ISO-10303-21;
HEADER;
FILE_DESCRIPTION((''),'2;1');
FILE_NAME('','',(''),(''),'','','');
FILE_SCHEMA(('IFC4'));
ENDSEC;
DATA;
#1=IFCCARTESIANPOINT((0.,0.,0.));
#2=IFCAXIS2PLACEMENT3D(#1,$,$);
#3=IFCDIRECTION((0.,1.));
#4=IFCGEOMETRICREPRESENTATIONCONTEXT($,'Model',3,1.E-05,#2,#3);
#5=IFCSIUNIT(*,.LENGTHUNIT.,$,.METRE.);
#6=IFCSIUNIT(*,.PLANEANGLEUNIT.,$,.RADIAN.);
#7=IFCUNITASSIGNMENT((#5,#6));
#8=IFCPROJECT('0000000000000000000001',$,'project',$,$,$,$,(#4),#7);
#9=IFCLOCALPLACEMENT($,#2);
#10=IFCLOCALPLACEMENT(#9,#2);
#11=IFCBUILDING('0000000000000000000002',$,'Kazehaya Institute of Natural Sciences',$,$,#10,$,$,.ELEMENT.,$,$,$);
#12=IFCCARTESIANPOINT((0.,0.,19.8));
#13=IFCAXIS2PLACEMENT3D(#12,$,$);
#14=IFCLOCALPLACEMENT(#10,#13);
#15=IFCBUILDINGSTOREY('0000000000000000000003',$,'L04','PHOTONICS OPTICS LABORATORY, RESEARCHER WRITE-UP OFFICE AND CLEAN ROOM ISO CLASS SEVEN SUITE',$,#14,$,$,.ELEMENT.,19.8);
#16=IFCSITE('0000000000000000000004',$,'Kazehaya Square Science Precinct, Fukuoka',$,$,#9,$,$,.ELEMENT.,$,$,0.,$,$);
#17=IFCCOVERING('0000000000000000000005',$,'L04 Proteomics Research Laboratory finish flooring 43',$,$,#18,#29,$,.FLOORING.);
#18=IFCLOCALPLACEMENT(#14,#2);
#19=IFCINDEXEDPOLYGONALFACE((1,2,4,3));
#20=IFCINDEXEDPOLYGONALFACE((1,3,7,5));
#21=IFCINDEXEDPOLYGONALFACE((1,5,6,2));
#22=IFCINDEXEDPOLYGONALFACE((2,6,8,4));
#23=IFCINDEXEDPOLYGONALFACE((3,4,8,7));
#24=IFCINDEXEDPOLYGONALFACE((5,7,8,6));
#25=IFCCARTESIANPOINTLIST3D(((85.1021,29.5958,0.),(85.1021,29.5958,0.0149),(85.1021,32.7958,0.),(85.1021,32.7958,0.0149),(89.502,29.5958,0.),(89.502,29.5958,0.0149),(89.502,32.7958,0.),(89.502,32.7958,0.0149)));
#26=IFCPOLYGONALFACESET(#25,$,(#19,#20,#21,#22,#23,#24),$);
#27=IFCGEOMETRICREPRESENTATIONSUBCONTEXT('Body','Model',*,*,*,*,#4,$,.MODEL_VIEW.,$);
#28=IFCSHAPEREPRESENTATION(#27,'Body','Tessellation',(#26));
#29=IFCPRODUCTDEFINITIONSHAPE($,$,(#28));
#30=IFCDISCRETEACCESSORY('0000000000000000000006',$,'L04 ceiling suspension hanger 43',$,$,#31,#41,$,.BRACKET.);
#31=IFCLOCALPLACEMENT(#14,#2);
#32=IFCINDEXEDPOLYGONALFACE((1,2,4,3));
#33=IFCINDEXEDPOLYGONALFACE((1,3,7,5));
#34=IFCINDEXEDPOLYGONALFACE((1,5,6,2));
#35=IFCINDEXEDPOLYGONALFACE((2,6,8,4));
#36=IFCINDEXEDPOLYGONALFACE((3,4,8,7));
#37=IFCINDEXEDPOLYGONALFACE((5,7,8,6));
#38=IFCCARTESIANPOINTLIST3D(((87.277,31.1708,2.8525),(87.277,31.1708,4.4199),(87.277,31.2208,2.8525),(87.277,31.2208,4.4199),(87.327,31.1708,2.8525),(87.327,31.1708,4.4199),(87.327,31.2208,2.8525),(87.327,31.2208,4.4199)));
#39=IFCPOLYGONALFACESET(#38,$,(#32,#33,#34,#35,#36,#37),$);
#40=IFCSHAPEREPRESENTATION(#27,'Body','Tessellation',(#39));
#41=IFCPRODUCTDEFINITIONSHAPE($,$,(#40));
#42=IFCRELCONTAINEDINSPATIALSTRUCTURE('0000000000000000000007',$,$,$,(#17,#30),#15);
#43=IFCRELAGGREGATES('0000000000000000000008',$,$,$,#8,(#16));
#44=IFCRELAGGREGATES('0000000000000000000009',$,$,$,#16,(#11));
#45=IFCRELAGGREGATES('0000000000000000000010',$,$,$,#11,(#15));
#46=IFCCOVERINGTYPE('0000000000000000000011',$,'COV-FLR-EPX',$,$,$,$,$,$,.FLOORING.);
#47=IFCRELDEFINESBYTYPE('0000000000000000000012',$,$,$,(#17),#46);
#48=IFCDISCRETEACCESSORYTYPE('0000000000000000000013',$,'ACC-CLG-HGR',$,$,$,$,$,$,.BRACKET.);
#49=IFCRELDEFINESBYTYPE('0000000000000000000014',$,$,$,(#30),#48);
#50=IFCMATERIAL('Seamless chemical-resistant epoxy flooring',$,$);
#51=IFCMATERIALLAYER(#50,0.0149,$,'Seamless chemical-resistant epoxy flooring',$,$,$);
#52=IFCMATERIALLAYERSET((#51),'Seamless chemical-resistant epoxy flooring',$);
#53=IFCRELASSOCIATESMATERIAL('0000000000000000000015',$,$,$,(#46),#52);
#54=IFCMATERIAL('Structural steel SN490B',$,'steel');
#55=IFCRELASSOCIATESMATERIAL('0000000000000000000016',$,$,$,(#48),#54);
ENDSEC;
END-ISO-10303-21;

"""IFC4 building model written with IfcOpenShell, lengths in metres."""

from ifc_helpers import new_model, si_unit, direction, frame, origin, origin_2d, place, context, subcontext, project, spatial, rectangle, extrude, material, layer, layer_set, type_object, element, save


model = new_model("IFC4")

# Units and contexts
model_context = context("Model", 3, precision=1e-05, world=origin(), true_north=direction((0.0, 1.0)))
body_context = subcontext(model_context, "Body", "Model", "MODEL_VIEW")
ifc_project = project(units=[si_unit("LENGTHUNIT", "METRE"), si_unit("PLANEANGLEUNIT", "RADIAN")], contexts=[model_context])

# Site, building, storey
site_placement = place(None, origin())
site = spatial("IfcSite", under=ifc_project, at=site_placement, Name="Kazehaya Square Science Precinct, Fukuoka", CompositionType="ELEMENT", RefElevation=0.0)
building_placement = place(site_placement, origin())
building = spatial("IfcBuilding", under=site, at=building_placement, Name="Kazehaya Institute of Natural Sciences", CompositionType="ELEMENT")
storey_placement = place(building_placement, frame((0.0, 0.0, 19.8)))
storey = spatial("IfcBuildingStorey", under=building, at=storey_placement, Name="L04", Description="PHOTONICS OPTICS LABORATORY, RESEARCHER WRITE-UP OFFICE AND CLEAN ROOM ISO CLASS SEVEN SUITE", CompositionType="ELEMENT", Elevation=19.8)

# Covering
ifc_material_1 = material(Name="Seamless chemical-resistant epoxy flooring")
ifc_layer_1 = layer(ifc_material_1, 0.0149, Name="Seamless chemical-resistant epoxy flooring")
ifc_layer_set_1 = layer_set([ifc_layer_1], Name="Seamless chemical-resistant epoxy flooring")
covering_type_1 = type_object("IfcCoveringType", Name="COV-FLR-EPX", PredefinedType="FLOORING", material=ifc_layer_set_1)
covering_1_placement = place(storey_placement, frame((87.302, 31.1958, 0.0), z_axis=(0.0, 0.0, 1.0), x_axis=(1.0, 0.0, 0.0)))
element("IfcCovering", 1, at=covering_1_placement, inside=storey, type_object=covering_type_1, Name="L04 Proteomics Research Laboratory finish flooring 43", PredefinedType="FLOORING", context=body_context, shape_type="SweptSolid", body=[
    extrude(rectangle(XDim=4.3999, YDim=3.2, at=origin_2d()), origin(), (0.0, 0.0, 1.0), 0.0149),
])

# Discrete accessory
ifc_material_2 = material(Name="Structural steel SN490B", Category="steel")
discrete_accessory_type = type_object("IfcDiscreteAccessoryType", Name="ACC-CLG-HGR", PredefinedType="BRACKET", material=ifc_material_2)
discrete_accessory_placement = place(storey_placement, frame((87.302, 31.1958, 2.8525), z_axis=(0.0, 0.0, 1.0), x_axis=(1.0, 0.0, 0.0)))
element("IfcDiscreteAccessory", 2, at=discrete_accessory_placement, inside=storey, type_object=discrete_accessory_type, Name="L04 ceiling suspension hanger 43", PredefinedType="BRACKET", context=body_context, shape_type="SweptSolid", body=[
    extrude(rectangle(XDim=0.05, YDim=0.05, at=origin_2d()), origin(), (0.0, 0.0, 1.0), 1.5674),
])

save(model, "model.ifc")
